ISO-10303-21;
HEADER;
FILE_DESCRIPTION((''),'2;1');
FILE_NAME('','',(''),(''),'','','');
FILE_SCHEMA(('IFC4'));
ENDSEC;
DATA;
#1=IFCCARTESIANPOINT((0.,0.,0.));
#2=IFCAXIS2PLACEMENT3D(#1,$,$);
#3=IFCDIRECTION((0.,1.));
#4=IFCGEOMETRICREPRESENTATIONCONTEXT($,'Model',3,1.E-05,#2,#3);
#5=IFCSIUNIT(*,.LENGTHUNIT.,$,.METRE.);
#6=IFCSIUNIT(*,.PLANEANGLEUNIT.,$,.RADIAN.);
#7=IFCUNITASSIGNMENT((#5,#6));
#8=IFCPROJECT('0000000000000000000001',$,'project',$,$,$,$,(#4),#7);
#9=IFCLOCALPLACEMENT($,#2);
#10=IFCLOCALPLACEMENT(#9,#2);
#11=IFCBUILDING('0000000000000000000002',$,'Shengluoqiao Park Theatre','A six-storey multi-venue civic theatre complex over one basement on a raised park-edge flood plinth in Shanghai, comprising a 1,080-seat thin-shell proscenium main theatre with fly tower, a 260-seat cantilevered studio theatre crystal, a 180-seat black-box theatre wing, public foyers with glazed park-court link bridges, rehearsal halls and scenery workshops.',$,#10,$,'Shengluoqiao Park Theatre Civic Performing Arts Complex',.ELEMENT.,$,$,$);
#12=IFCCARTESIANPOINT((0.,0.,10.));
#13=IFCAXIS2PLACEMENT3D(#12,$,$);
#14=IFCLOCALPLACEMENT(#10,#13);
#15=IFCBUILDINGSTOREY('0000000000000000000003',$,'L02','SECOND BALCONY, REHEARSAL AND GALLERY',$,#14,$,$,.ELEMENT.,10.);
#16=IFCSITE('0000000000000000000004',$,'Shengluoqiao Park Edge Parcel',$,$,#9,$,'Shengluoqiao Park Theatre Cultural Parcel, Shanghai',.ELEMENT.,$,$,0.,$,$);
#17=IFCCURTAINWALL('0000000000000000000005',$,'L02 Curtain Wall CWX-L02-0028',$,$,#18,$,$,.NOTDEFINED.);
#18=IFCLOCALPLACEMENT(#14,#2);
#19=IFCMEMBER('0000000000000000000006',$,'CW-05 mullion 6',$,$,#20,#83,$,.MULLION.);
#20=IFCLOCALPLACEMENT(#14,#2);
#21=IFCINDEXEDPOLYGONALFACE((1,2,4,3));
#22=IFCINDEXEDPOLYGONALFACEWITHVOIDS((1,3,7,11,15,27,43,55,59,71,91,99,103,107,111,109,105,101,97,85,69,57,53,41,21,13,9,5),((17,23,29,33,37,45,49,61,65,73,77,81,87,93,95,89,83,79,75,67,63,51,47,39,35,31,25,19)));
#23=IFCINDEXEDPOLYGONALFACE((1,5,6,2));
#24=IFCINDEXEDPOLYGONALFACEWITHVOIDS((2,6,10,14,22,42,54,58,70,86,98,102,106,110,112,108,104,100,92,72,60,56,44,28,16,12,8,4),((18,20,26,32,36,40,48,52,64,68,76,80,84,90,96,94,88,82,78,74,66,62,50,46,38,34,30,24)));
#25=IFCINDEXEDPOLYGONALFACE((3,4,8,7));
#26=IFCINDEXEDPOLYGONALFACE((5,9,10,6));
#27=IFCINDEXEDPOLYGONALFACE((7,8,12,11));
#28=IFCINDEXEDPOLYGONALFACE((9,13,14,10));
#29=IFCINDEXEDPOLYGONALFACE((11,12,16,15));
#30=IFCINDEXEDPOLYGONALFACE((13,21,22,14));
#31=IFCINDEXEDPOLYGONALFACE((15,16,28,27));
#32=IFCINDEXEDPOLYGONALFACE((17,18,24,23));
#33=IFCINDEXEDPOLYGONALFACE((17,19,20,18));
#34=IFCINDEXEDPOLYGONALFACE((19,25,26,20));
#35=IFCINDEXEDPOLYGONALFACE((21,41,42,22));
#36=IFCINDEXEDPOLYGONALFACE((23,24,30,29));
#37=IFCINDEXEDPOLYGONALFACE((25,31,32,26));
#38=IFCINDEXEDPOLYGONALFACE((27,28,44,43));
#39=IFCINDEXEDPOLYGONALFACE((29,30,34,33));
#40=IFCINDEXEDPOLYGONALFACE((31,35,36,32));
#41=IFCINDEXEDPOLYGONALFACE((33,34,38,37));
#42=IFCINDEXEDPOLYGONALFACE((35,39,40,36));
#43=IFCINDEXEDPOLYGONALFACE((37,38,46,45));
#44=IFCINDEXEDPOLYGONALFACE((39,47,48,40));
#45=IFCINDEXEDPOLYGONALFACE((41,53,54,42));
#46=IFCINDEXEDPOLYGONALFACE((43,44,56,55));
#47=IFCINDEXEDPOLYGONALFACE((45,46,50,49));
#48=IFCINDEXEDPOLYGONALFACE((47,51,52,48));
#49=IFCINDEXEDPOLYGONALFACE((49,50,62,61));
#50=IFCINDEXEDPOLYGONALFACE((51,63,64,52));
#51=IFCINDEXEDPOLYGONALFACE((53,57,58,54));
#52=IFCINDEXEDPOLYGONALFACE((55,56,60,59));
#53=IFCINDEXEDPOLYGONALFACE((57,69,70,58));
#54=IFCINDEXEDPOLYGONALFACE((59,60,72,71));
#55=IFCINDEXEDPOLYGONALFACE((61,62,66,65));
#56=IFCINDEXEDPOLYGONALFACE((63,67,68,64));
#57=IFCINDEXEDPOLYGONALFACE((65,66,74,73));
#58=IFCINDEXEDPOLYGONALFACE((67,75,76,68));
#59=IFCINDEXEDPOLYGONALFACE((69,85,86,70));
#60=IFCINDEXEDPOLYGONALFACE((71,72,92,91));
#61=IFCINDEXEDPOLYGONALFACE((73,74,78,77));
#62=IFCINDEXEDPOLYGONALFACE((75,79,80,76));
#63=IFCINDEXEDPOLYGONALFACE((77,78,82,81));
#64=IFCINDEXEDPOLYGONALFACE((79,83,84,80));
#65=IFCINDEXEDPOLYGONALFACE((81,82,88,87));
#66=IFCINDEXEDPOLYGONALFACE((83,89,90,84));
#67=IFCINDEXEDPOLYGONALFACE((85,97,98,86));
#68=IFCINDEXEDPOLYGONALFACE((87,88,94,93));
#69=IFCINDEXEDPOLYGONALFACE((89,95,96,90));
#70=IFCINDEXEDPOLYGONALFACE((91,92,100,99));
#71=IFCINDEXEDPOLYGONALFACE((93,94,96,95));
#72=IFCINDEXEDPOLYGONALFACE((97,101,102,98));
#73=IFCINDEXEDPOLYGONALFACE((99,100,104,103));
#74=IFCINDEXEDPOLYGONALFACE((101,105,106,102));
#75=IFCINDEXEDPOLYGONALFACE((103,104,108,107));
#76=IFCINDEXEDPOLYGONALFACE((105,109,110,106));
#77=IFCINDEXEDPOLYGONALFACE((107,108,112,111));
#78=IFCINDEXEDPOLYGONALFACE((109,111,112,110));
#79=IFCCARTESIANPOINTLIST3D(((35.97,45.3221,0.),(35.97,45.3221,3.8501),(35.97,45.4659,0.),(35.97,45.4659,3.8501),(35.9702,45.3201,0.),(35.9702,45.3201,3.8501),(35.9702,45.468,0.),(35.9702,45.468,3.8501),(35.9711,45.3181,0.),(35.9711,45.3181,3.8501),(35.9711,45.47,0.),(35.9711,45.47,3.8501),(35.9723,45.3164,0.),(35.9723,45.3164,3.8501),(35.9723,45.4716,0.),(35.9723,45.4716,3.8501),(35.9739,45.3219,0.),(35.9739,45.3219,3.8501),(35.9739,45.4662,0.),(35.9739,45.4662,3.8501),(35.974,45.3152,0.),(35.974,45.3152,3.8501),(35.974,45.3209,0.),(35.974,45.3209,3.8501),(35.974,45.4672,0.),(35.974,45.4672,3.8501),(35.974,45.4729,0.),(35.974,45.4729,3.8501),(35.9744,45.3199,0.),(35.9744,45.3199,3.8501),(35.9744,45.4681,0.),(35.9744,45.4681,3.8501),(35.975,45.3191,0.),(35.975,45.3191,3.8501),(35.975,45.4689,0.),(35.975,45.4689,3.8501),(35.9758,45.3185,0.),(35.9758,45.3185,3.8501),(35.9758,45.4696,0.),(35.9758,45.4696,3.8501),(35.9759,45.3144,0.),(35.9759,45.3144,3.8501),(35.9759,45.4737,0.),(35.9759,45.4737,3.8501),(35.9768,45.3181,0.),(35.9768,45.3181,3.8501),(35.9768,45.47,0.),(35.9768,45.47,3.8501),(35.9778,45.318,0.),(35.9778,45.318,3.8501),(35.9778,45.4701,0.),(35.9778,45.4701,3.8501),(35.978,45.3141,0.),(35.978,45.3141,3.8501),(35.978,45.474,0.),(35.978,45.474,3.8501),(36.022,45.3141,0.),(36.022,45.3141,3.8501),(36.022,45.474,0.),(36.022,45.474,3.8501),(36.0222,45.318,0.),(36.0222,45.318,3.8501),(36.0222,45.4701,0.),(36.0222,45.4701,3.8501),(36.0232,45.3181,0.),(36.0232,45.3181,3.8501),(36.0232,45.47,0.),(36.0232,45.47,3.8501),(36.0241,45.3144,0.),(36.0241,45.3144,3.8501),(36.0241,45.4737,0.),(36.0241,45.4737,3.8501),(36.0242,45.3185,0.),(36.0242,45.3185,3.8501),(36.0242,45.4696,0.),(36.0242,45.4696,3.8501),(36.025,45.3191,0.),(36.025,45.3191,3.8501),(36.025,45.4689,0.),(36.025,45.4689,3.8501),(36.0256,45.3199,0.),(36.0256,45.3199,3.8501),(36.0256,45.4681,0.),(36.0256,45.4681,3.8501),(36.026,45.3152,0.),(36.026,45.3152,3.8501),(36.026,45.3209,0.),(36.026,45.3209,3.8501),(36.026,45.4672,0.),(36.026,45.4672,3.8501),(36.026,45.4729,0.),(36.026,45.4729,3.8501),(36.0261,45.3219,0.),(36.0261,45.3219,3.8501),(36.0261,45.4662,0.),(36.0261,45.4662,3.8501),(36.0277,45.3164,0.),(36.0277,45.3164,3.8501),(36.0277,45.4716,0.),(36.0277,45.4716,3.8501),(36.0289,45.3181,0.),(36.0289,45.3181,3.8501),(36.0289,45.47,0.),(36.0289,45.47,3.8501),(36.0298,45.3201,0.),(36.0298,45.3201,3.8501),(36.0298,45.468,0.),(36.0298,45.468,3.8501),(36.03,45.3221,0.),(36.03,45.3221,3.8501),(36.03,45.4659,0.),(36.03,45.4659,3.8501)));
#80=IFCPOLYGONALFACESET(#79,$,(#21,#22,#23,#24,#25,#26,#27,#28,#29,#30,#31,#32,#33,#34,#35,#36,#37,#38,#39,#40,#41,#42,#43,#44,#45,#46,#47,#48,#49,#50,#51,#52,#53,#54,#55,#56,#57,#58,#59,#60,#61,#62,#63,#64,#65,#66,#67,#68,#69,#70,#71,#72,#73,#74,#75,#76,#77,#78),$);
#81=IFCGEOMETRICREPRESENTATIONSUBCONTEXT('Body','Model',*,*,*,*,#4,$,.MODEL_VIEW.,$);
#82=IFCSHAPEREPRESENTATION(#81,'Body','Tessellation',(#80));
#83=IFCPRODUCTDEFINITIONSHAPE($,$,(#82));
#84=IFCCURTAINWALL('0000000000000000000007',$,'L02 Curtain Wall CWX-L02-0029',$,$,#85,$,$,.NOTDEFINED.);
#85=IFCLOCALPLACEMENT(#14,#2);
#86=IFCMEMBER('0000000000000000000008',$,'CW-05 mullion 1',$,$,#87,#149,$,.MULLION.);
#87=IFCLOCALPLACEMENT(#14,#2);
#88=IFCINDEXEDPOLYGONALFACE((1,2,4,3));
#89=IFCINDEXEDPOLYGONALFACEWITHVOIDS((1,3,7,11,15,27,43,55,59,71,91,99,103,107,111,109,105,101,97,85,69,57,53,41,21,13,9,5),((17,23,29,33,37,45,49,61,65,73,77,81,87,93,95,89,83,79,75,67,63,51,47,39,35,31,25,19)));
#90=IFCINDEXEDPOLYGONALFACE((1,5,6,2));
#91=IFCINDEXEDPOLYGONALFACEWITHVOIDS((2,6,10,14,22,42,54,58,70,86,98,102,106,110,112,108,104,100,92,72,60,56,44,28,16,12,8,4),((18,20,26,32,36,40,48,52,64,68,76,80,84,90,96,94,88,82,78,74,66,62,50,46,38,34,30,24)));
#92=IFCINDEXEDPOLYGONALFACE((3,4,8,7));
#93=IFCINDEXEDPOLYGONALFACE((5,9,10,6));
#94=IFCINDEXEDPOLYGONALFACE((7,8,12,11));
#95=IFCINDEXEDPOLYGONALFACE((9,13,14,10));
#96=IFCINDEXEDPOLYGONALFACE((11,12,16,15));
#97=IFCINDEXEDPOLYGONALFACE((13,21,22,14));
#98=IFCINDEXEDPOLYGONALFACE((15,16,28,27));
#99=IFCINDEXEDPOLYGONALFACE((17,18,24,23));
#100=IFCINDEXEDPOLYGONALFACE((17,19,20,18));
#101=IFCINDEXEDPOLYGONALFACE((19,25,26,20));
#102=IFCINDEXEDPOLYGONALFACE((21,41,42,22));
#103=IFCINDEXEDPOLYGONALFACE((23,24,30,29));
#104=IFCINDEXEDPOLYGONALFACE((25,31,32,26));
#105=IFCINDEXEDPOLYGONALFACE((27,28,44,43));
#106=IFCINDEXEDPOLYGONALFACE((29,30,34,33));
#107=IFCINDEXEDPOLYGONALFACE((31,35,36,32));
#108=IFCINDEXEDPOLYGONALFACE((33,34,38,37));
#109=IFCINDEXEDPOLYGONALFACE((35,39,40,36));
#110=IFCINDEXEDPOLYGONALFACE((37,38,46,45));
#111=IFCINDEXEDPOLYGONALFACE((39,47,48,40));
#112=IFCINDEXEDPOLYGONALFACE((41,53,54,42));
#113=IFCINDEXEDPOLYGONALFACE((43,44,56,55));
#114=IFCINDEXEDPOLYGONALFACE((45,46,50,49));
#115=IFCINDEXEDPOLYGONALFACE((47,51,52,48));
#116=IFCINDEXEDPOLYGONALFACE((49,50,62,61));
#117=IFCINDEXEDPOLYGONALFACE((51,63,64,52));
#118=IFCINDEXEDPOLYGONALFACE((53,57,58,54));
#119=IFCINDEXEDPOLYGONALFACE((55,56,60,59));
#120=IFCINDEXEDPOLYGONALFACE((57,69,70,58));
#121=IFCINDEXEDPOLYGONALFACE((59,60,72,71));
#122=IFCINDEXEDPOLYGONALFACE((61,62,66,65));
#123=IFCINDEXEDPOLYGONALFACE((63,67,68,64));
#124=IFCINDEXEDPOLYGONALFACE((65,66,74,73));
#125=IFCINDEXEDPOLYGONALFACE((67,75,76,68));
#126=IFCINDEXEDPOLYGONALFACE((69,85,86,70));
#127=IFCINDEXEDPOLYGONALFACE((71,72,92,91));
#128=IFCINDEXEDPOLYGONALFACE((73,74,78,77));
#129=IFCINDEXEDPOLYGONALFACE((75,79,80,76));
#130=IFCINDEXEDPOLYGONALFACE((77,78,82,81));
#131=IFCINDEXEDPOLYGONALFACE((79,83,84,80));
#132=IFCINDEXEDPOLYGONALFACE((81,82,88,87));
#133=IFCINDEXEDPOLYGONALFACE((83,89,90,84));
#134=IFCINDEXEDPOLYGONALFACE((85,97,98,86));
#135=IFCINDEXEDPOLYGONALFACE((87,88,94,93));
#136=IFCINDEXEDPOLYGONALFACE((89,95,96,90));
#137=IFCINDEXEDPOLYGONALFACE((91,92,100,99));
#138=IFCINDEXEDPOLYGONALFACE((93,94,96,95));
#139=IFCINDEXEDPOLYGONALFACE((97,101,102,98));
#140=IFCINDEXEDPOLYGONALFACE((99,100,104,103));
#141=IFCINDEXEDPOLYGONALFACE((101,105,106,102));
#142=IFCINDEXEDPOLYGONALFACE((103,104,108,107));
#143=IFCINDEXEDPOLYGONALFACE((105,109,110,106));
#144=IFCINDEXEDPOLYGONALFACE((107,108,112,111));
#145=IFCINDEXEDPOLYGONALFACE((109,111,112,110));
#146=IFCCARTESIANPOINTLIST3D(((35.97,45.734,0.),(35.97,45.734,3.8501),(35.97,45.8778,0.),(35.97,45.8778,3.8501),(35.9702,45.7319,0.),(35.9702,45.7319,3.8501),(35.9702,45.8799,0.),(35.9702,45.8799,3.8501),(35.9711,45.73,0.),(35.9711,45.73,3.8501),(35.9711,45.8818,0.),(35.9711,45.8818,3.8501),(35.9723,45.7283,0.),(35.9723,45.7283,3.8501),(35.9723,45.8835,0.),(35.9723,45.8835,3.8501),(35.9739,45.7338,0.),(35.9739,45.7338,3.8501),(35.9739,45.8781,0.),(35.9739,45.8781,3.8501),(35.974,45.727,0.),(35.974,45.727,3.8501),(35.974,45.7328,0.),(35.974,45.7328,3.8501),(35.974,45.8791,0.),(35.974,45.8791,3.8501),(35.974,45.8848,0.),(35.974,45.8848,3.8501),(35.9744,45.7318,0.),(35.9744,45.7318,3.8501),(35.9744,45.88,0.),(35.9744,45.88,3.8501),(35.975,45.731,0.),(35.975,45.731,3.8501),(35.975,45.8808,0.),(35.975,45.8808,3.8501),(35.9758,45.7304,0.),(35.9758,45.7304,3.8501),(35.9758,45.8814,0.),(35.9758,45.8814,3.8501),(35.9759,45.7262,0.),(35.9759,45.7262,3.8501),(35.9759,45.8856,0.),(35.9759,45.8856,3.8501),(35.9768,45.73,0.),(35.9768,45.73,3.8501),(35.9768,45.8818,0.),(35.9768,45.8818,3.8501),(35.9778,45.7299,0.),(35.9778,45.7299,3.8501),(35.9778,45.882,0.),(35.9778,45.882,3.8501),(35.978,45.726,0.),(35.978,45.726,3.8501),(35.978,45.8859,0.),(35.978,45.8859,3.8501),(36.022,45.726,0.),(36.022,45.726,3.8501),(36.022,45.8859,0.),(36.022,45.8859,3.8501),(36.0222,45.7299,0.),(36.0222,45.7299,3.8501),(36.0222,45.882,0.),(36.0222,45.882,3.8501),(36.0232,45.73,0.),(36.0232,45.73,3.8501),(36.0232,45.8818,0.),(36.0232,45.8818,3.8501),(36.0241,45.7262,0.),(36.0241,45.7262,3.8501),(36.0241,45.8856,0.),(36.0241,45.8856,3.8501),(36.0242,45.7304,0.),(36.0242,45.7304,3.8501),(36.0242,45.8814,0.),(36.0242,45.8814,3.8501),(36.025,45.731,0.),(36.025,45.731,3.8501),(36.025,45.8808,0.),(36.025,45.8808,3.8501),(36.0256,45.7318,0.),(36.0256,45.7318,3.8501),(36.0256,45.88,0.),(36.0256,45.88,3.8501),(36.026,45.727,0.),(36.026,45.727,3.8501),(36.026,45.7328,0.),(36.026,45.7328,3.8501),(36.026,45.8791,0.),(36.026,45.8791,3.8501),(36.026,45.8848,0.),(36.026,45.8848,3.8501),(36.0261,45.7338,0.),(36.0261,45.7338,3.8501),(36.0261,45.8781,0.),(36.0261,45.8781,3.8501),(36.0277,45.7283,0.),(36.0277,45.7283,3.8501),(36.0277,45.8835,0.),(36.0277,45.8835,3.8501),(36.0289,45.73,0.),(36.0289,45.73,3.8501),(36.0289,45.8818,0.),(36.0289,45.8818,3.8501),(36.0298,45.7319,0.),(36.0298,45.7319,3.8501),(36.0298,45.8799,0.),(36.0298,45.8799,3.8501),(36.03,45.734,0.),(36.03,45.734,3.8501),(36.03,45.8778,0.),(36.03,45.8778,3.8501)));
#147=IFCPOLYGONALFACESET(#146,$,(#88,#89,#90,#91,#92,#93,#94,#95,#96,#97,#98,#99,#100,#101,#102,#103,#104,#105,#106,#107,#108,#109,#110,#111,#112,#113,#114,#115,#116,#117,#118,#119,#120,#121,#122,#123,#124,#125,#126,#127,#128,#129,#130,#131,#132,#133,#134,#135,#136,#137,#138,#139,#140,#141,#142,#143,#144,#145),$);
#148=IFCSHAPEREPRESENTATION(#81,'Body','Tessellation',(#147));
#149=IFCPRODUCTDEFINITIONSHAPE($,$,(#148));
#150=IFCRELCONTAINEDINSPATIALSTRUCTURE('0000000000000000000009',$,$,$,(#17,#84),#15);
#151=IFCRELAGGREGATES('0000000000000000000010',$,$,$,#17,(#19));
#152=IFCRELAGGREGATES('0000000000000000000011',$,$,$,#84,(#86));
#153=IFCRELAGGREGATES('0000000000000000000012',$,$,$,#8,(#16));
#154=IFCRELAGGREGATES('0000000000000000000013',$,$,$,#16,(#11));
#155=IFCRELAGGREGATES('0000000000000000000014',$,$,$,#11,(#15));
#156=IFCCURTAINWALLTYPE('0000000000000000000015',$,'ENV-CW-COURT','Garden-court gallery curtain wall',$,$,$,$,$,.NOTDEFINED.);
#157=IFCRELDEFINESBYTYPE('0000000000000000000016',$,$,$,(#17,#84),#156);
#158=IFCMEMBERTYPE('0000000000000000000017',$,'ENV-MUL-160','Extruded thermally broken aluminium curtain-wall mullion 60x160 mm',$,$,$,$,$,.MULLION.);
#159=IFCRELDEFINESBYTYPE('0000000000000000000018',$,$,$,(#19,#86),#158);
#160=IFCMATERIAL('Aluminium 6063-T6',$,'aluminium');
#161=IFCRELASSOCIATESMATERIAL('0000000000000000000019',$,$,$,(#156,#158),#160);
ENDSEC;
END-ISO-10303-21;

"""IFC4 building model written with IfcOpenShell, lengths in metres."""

from ifc_helpers import new_model, si_unit, direction, frame, origin, origin_2d, place, context, subcontext, project, spatial, hollow_rectangle, extrude, material, material_profile, profile_set, type_object, element, aggregate, save


model = new_model("IFC4")

# Units and contexts
model_context = context("Model", 3, precision=1e-05, world=origin(), true_north=direction((0.0, 1.0)))
body_context = subcontext(model_context, "Body", "Model", "MODEL_VIEW")
ifc_project = project(units=[si_unit("LENGTHUNIT", "METRE"), si_unit("PLANEANGLEUNIT", "RADIAN")], contexts=[model_context])

# Site, building, storey
site_placement = place(None, origin())
site = spatial("IfcSite", under=ifc_project, at=site_placement, Name="Shengluoqiao Park Edge Parcel", LongName="Shengluoqiao Park Theatre Cultural Parcel, Shanghai", CompositionType="ELEMENT", RefElevation=0.0)
building_placement = place(site_placement, origin())
building = spatial("IfcBuilding", under=site, at=building_placement, Name="Shengluoqiao Park Theatre", Description="A six-storey multi-venue civic theatre complex over one basement on a raised park-edge flood plinth in Shanghai, comprising a 1,080-seat thin-shell proscenium main theatre with fly tower, a 260-seat cantilevered studio theatre crystal, a 180-seat black-box theatre wing, public foyers with glazed park-court link bridges, rehearsal halls and scenery workshops.", LongName="Shengluoqiao Park Theatre Civic Performing Arts Complex", CompositionType="ELEMENT")
storey_placement = place(building_placement, frame((0.0, 0.0, 10.0)))
storey = spatial("IfcBuildingStorey", under=building, at=storey_placement, Name="L02", Description="SECOND BALCONY, REHEARSAL AND GALLERY", CompositionType="ELEMENT", Elevation=10.0)

# Curtain walls, members
ifc_material_1 = material(Name="Aluminium 6063-T6", Category="aluminium")
curtain_wall_type = type_object("IfcCurtainWallType", Name="ENV-CW-COURT", Description="Garden-court gallery curtain wall", PredefinedType="NOTDEFINED", material=ifc_material_1)
curtain_wall_1_placement = place(storey_placement, origin())
curtain_wall_1 = element("IfcCurtainWall", 1, at=curtain_wall_1_placement, inside=storey, type_object=curtain_wall_type, Name="L02 Curtain Wall CWX-L02-0028", PredefinedType="NOTDEFINED")
ifc_material_profile_1 = material_profile(ifc_material_1, hollow_rectangle(XDim=0.0601, YDim=0.1599, WallThickness=0.0039, InnerFilletRadius=0.0039, OuterFilletRadius=0.0081, at=origin_2d()), Name="ALU MULLION 160x60x4")
ifc_profile_set_1 = profile_set([ifc_material_profile_1], Name="Aluminium 6063-T6")
member_type_1 = type_object("IfcMemberType", Name="ENV-MUL-160", Description="Extruded thermally broken aluminium curtain-wall mullion 60x160 mm", PredefinedType="MULLION", material=ifc_profile_set_1)
member_1_placement = place(storey_placement, frame((36.0, 45.394, 0.0), z_axis=(0.0, 0.0, 1.0), x_axis=(-1.0, 0.0, 0.0)))
member_1 = element("IfcMember", 2, at=member_1_placement, type_object=member_type_1, Name="CW-05 mullion 6", PredefinedType="MULLION", context=body_context, shape_type="SweptSolid", body=[
    extrude(hollow_rectangle(XDim=0.0601, YDim=0.1599, WallThickness=0.0039, InnerFilletRadius=0.0039, OuterFilletRadius=0.0081, at=origin_2d()), origin(), (0.0, 0.0, 1.0), 3.8501),
])
curtain_wall_2_placement = place(storey_placement, origin())
curtain_wall_2 = element("IfcCurtainWall", 3, at=curtain_wall_2_placement, inside=storey, type_object=curtain_wall_type, Name="L02 Curtain Wall CWX-L02-0029", PredefinedType="NOTDEFINED")
member_2_placement = place(storey_placement, frame((36.0, 45.8059, 0.0), z_axis=(0.0, 0.0, 1.0), x_axis=(-1.0, 0.0, 0.0)))
member_2 = element("IfcMember", 4, at=member_2_placement, type_object=member_type_1, Name="CW-05 mullion 1", PredefinedType="MULLION", context=body_context, shape_type="SweptSolid", body=[
    extrude(hollow_rectangle(XDim=0.0601, YDim=0.1599, WallThickness=0.0039, InnerFilletRadius=0.0039, OuterFilletRadius=0.0081, at=origin_2d()), origin(), (0.0, 0.0, 1.0), 3.8501),
])

aggregate(curtain_wall_1, [member_1])
aggregate(curtain_wall_2, [member_2])

save(model, "model.ifc")
